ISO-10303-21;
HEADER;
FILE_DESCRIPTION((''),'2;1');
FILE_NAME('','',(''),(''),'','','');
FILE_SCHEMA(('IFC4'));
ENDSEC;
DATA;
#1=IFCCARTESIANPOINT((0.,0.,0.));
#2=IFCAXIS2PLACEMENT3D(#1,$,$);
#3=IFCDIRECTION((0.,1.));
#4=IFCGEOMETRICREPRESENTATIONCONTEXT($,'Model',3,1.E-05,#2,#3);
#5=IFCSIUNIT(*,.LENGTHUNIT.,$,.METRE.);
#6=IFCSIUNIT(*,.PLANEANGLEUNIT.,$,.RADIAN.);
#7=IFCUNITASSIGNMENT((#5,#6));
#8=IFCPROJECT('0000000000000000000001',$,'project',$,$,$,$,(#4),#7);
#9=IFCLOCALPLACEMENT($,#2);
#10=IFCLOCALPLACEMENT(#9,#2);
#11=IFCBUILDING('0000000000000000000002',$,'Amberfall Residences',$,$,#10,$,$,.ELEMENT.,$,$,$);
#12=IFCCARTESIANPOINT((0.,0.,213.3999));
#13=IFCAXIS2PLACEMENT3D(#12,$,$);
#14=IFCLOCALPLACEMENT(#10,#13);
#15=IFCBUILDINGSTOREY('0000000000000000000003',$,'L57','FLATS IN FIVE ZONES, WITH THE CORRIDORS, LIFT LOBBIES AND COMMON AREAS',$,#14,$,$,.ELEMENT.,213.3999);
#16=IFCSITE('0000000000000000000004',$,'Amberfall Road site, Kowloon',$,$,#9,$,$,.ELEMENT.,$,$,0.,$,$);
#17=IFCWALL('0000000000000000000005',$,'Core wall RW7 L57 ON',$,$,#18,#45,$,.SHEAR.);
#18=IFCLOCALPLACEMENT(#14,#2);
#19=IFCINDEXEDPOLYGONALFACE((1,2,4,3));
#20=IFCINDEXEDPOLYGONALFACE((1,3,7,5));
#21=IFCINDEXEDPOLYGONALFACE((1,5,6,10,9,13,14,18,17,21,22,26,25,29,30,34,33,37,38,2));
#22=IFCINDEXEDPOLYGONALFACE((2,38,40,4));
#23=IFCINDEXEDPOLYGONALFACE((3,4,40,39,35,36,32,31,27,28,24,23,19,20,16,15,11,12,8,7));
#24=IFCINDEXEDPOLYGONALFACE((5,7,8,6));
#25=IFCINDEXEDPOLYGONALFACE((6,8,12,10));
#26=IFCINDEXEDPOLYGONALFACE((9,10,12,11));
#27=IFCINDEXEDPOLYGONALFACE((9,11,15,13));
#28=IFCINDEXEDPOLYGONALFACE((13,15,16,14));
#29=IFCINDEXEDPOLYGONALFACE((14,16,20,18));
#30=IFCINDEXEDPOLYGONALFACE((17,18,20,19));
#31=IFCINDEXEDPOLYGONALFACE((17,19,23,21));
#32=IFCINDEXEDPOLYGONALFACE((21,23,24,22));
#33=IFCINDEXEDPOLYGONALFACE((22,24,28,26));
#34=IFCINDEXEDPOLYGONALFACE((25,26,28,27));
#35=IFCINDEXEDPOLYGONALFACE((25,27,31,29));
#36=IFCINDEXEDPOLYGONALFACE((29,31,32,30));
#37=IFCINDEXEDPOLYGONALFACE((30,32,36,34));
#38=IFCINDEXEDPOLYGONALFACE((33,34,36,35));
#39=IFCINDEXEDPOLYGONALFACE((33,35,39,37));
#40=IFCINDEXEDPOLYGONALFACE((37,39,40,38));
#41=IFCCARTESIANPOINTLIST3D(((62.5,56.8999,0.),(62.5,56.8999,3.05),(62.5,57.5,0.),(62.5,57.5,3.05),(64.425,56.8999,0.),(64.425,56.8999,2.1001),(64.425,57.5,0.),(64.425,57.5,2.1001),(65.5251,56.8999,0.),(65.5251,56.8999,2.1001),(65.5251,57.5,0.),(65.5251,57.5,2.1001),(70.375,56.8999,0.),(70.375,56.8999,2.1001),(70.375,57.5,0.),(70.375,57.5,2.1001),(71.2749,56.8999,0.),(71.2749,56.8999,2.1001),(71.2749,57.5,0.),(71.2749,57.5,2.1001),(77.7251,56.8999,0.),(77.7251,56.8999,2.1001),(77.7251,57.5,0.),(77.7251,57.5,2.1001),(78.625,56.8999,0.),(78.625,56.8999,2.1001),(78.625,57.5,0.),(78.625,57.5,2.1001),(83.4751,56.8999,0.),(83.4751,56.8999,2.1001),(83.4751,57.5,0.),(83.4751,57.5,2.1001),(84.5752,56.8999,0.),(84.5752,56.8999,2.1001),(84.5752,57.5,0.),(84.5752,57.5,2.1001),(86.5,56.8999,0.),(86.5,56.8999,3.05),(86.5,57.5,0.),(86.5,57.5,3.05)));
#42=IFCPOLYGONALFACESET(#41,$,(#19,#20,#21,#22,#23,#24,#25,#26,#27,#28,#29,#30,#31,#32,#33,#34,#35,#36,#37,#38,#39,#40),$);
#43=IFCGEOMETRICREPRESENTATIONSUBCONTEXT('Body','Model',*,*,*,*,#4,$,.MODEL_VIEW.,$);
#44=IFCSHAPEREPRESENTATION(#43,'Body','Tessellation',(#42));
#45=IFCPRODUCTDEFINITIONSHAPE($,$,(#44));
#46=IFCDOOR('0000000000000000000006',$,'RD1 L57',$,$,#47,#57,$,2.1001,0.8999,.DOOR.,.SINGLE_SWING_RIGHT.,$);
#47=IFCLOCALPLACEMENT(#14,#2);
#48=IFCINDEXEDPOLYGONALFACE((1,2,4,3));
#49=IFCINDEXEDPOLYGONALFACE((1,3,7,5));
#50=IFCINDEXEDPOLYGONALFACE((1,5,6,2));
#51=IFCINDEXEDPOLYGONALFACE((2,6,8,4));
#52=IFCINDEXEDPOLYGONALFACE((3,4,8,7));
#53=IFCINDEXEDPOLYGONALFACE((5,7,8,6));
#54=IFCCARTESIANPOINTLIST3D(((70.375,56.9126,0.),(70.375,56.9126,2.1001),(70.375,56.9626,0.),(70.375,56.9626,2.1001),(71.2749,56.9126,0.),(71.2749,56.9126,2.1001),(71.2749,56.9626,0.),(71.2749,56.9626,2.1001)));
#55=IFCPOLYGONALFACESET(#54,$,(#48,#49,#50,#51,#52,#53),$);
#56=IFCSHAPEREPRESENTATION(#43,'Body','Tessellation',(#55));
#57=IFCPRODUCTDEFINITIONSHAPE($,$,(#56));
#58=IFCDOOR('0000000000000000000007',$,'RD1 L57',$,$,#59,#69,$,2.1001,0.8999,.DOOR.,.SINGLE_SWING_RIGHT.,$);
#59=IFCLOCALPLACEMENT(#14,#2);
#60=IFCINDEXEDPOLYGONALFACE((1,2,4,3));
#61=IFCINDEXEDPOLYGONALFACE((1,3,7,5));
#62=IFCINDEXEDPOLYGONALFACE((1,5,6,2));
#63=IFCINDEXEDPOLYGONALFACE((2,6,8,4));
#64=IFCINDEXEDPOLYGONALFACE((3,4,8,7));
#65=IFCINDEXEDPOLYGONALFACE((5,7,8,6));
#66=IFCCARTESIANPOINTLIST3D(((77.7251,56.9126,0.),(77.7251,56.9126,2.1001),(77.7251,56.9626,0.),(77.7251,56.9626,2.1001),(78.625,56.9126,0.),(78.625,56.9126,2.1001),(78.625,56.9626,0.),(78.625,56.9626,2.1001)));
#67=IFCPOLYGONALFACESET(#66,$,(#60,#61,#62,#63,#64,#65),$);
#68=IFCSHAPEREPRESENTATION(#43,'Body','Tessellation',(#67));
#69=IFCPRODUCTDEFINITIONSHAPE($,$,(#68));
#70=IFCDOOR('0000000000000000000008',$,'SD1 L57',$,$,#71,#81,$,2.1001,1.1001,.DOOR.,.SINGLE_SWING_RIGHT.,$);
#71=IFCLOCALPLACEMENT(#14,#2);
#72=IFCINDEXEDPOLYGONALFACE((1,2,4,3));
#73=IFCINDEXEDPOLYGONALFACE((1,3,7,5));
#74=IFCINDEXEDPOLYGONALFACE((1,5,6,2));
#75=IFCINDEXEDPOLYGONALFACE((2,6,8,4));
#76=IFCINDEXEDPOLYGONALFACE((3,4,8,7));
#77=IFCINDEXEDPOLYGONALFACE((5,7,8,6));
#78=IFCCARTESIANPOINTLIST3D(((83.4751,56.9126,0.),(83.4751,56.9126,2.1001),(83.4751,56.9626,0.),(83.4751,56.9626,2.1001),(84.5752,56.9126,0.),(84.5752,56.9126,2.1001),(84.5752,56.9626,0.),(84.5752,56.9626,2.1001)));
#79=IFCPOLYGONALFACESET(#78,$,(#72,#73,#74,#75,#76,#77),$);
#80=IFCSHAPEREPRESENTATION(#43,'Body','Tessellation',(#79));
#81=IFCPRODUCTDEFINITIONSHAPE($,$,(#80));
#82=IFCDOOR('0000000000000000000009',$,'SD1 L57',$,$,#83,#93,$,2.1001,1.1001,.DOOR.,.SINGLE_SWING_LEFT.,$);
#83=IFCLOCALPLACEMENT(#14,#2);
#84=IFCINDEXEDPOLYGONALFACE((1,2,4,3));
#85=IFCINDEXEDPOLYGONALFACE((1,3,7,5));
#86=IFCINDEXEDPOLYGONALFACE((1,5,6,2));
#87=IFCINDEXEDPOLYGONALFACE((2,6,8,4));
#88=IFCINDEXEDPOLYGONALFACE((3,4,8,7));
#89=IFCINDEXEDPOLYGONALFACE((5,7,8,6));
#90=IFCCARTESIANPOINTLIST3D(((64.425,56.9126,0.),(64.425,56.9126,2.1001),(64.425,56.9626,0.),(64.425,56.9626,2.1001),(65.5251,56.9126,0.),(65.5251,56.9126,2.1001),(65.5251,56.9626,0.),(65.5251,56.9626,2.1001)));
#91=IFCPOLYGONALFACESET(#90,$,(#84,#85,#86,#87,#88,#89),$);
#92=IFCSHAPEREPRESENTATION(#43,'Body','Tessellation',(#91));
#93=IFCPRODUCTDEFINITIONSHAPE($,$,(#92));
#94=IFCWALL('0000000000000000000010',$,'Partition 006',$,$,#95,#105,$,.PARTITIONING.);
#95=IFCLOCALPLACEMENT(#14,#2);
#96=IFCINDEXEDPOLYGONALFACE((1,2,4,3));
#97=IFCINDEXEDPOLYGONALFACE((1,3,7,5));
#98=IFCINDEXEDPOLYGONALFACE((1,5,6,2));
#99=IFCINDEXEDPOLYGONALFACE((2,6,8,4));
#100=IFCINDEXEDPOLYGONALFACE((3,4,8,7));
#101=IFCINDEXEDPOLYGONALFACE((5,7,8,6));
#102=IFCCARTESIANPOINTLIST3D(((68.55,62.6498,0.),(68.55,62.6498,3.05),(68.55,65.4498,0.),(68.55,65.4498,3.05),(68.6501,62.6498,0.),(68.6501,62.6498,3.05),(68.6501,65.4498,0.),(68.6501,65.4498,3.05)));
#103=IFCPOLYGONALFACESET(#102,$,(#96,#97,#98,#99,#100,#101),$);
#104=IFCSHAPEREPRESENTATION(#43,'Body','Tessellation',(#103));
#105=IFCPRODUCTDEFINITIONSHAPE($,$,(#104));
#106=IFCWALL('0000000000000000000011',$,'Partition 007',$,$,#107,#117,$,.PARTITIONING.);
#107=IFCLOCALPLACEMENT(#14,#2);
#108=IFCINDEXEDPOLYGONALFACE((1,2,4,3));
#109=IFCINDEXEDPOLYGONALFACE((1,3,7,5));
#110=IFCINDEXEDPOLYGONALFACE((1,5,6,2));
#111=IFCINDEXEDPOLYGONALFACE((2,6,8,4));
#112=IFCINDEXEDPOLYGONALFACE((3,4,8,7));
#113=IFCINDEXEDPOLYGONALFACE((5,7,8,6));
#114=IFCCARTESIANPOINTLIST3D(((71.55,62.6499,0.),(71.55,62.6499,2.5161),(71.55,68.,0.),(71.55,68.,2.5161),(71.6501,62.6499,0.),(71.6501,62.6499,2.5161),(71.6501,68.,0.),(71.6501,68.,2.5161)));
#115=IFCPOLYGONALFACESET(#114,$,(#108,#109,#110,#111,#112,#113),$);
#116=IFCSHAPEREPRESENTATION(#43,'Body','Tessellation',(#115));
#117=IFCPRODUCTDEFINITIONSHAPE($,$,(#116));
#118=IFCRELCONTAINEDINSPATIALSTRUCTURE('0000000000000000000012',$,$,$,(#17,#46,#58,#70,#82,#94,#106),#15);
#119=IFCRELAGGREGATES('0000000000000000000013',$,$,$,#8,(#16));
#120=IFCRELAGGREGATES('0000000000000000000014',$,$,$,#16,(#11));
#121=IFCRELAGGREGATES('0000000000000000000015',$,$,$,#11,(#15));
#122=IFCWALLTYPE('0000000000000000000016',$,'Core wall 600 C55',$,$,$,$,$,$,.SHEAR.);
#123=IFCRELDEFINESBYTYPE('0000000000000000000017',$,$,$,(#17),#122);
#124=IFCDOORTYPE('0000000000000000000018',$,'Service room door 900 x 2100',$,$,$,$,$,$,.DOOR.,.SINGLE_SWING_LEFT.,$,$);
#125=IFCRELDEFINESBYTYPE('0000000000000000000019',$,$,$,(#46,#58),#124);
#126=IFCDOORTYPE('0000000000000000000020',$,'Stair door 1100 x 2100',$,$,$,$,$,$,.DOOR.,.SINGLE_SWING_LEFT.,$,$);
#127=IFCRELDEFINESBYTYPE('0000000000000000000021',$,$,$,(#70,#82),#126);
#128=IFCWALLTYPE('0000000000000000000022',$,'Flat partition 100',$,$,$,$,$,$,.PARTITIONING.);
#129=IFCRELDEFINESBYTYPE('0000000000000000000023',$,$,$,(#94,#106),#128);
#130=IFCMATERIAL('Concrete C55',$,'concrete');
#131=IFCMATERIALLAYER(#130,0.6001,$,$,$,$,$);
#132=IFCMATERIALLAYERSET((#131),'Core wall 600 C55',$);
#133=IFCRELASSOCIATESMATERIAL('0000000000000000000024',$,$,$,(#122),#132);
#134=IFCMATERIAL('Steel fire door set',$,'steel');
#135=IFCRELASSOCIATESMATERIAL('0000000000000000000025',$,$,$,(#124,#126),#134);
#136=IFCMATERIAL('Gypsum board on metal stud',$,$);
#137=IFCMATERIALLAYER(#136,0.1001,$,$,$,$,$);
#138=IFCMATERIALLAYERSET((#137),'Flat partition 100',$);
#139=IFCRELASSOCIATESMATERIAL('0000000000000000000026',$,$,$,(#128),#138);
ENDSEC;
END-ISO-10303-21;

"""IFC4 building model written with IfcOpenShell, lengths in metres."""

from ifc_helpers import new_model, si_unit, direction, frame, frame_2d, origin, place, context, subcontext, project, spatial, rectangle, extrude, material, layer, layer_set, type_object, element, fill, save


model = new_model("IFC4")

# Units and contexts
model_context = context("Model", 3, precision=1e-05, world=origin(), true_north=direction((0.0, 1.0)))
body_context = subcontext(model_context, "Body", "Model", "MODEL_VIEW")
ifc_project = project(units=[si_unit("LENGTHUNIT", "METRE"), si_unit("PLANEANGLEUNIT", "RADIAN")], contexts=[model_context])

# Site, building, storey
site_placement = place(None, origin())
site = spatial("IfcSite", under=ifc_project, at=site_placement, Name="Amberfall Road site, Kowloon", CompositionType="ELEMENT", RefElevation=0.0)
building_placement = place(site_placement, origin())
building = spatial("IfcBuilding", under=site, at=building_placement, Name="Amberfall Residences", CompositionType="ELEMENT")
storey_placement = place(building_placement, frame((0.0, 0.0, 213.3999)))
storey = spatial("IfcBuildingStorey", under=building, at=storey_placement, Name="L57", Description="FLATS IN FIVE ZONES, WITH THE CORRIDORS, LIFT LOBBIES AND COMMON AREAS", CompositionType="ELEMENT", Elevation=213.3999)

# Wall, openings, doors
ifc_material_1 = material(Name="Concrete C55", Category="concrete")
ifc_layer_1 = layer(ifc_material_1, 0.6001)
ifc_layer_set_1 = layer_set([ifc_layer_1], Name="Core wall 600 C55")
wall_type_1 = type_object("IfcWallType", Name="Core wall 600 C55", PredefinedType="SHEAR", material=ifc_layer_set_1)
wall_1_placement = place(storey_placement, frame((62.5, 57.2, 0.0), z_axis=(0.0, 0.0, 1.0), x_axis=(1.0, 0.0, 0.0)))
wall_1 = element("IfcWall", 1, at=wall_1_placement, inside=storey, type_object=wall_type_1, Name="Core wall RW7 L57 ON", PredefinedType="SHEAR", context=body_context, shape_type="SweptSolid", body=[
    extrude(rectangle(XDim=24.0, YDim=0.6001, at=frame_2d((12.0, 0.0))), origin(), (0.0, 0.0, 1.0), 3.05),
])
opening_1_placement = place(wall_1_placement, frame((20.9751, 0.0, 0.0)))
opening_1 = element("IfcOpeningElement", 2, at=opening_1_placement, cuts=wall_1, PredefinedType="OPENING", context=body_context, shape_type="SweptSolid", body=[
    extrude(rectangle(XDim=1.1001, YDim=2.1001, at=frame_2d((0.55, 1.05))), frame((0.0, 0.3101, 0.0), z_axis=(0.0, -1.0, 0.0), x_axis=(1.0, 0.0, 0.0)), (0.0, 0.0, 1.0), 0.6201),
])
opening_2_placement = place(wall_1_placement, frame((1.925, 0.0, 0.0)))
opening_2 = element("IfcOpeningElement", 3, at=opening_2_placement, cuts=wall_1, PredefinedType="OPENING", context=body_context, shape_type="SweptSolid", body=[
    extrude(rectangle(XDim=1.1001, YDim=2.1001, at=frame_2d((0.55, 1.05))), frame((0.0, 0.3101, 0.0), z_axis=(0.0, -1.0, 0.0), x_axis=(1.0, 0.0, 0.0)), (0.0, 0.0, 1.0), 0.6201),
])
opening_3_placement = place(wall_1_placement, frame((7.875, 0.0, 0.0)))
opening_3 = element("IfcOpeningElement", 4, at=opening_3_placement, cuts=wall_1, PredefinedType="OPENING", context=body_context, shape_type="SweptSolid", body=[
    extrude(rectangle(XDim=0.8999, YDim=2.1001, at=frame_2d((0.45, 1.05))), frame((0.0, 0.3101, 0.0), z_axis=(0.0, -1.0, 0.0), x_axis=(1.0, 0.0, 0.0)), (0.0, 0.0, 1.0), 0.6201),
])
opening_4_placement = place(wall_1_placement, frame((15.2251, 0.0, 0.0)))
opening_4 = element("IfcOpeningElement", 5, at=opening_4_placement, cuts=wall_1, PredefinedType="OPENING", context=body_context, shape_type="SweptSolid", body=[
    extrude(rectangle(XDim=0.8999, YDim=2.1001, at=frame_2d((0.45, 1.05))), frame((0.0, 0.3101, 0.0), z_axis=(0.0, -1.0, 0.0), x_axis=(1.0, 0.0, 0.0)), (0.0, 0.0, 1.0), 0.6201),
])
ifc_material_2 = material(Name="Steel fire door set", Category="steel")
door_type_1 = type_object("IfcDoorType", Name="Service room door 900 x 2100", OperationType="SINGLE_SWING_LEFT", PredefinedType="DOOR", material=ifc_material_2)
door_1_placement = place(opening_3_placement, origin())
door_1 = element("IfcDoor", 6, at=door_1_placement, inside=storey, type_object=door_type_1, Name="RD1 L57", OperationType="SINGLE_SWING_RIGHT", OverallHeight=2.1001, OverallWidth=0.8999, PredefinedType="DOOR", context=body_context, shape_type="SweptSolid", body=[
    extrude(rectangle(XDim=0.8999, YDim=2.1001, at=frame_2d((0.45, 1.05))), frame((0.0, -0.2373, 0.0), z_axis=(0.0, -1.0, 0.0), x_axis=(1.0, 0.0, 0.0)), (0.0, 0.0, 1.0), 0.05),
])
fill(opening_3, door_1)
door_2_placement = place(opening_4_placement, origin())
door_2 = element("IfcDoor", 7, at=door_2_placement, inside=storey, type_object=door_type_1, Name="RD1 L57", OperationType="SINGLE_SWING_RIGHT", OverallHeight=2.1001, OverallWidth=0.8999, PredefinedType="DOOR", context=body_context, shape_type="SweptSolid", body=[
    extrude(rectangle(XDim=0.8999, YDim=2.1001, at=frame_2d((0.45, 1.05))), frame((0.0, -0.2373, 0.0), z_axis=(0.0, -1.0, 0.0), x_axis=(1.0, 0.0, 0.0)), (0.0, 0.0, 1.0), 0.05),
])
fill(opening_4, door_2)
door_type_2 = type_object("IfcDoorType", Name="Stair door 1100 x 2100", OperationType="SINGLE_SWING_LEFT", PredefinedType="DOOR", material=ifc_material_2)
door_3_placement = place(opening_1_placement, origin())
door_3 = element("IfcDoor", 8, at=door_3_placement, inside=storey, type_object=door_type_2, Name="SD1 L57", OperationType="SINGLE_SWING_RIGHT", OverallHeight=2.1001, OverallWidth=1.1001, PredefinedType="DOOR", context=body_context, shape_type="SweptSolid", body=[
    extrude(rectangle(XDim=1.1001, YDim=2.1001, at=frame_2d((0.55, 1.05))), frame((0.0, -0.2373, 0.0), z_axis=(0.0, -1.0, 0.0), x_axis=(1.0, 0.0, 0.0)), (0.0, 0.0, 1.0), 0.05),
])
fill(opening_1, door_3)
door_4_placement = place(opening_2_placement, origin())
door_4 = element("IfcDoor", 9, at=door_4_placement, inside=storey, type_object=door_type_2, Name="SD1 L57", OperationType="SINGLE_SWING_LEFT", OverallHeight=2.1001, OverallWidth=1.1001, PredefinedType="DOOR", context=body_context, shape_type="SweptSolid", body=[
    extrude(rectangle(XDim=1.1001, YDim=2.1001, at=frame_2d((0.55, 1.05))), frame((0.0, -0.2373, 0.0), z_axis=(0.0, -1.0, 0.0), x_axis=(1.0, 0.0, 0.0)), (0.0, 0.0, 1.0), 0.05),
])
fill(opening_2, door_4)

# Walls
ifc_material_3 = material(Name="Gypsum board on metal stud")
ifc_layer_2 = layer(ifc_material_3, 0.1001)
ifc_layer_set_2 = layer_set([ifc_layer_2], Name="Flat partition 100")
wall_type_2 = type_object("IfcWallType", Name="Flat partition 100", PredefinedType="PARTITIONING", material=ifc_layer_set_2)
wall_2_placement = place(storey_placement, frame((68.6001, 62.6499, 0.0), z_axis=(0.0, 0.0, 1.0), x_axis=(0.0, 1.0, 0.0)))
element("IfcWall", 10, at=wall_2_placement, inside=storey, type_object=wall_type_2, Name="Partition 006", PredefinedType="PARTITIONING", context=body_context, shape_type="SweptSolid", body=[
    extrude(rectangle(XDim=2.8, YDim=0.1001, at=frame_2d((1.3999, 0.0))), origin(), (0.0, 0.0, 1.0), 3.05),
])
wall_3_placement = place(storey_placement, frame((71.6001, 62.6499, 0.0), z_axis=(0.0, 0.0, 1.0), x_axis=(0.0, 1.0, 0.0)))
element("IfcWall", 11, at=wall_3_placement, inside=storey, type_object=wall_type_2, Name="Partition 007", PredefinedType="PARTITIONING", context=body_context, shape_type="SweptSolid", body=[
    extrude(rectangle(XDim=5.3501, YDim=0.1001, at=frame_2d((2.675, 0.0))), origin(), (0.0, 0.0, 1.0), 2.5161),
])

save(model, "model.ifc")
